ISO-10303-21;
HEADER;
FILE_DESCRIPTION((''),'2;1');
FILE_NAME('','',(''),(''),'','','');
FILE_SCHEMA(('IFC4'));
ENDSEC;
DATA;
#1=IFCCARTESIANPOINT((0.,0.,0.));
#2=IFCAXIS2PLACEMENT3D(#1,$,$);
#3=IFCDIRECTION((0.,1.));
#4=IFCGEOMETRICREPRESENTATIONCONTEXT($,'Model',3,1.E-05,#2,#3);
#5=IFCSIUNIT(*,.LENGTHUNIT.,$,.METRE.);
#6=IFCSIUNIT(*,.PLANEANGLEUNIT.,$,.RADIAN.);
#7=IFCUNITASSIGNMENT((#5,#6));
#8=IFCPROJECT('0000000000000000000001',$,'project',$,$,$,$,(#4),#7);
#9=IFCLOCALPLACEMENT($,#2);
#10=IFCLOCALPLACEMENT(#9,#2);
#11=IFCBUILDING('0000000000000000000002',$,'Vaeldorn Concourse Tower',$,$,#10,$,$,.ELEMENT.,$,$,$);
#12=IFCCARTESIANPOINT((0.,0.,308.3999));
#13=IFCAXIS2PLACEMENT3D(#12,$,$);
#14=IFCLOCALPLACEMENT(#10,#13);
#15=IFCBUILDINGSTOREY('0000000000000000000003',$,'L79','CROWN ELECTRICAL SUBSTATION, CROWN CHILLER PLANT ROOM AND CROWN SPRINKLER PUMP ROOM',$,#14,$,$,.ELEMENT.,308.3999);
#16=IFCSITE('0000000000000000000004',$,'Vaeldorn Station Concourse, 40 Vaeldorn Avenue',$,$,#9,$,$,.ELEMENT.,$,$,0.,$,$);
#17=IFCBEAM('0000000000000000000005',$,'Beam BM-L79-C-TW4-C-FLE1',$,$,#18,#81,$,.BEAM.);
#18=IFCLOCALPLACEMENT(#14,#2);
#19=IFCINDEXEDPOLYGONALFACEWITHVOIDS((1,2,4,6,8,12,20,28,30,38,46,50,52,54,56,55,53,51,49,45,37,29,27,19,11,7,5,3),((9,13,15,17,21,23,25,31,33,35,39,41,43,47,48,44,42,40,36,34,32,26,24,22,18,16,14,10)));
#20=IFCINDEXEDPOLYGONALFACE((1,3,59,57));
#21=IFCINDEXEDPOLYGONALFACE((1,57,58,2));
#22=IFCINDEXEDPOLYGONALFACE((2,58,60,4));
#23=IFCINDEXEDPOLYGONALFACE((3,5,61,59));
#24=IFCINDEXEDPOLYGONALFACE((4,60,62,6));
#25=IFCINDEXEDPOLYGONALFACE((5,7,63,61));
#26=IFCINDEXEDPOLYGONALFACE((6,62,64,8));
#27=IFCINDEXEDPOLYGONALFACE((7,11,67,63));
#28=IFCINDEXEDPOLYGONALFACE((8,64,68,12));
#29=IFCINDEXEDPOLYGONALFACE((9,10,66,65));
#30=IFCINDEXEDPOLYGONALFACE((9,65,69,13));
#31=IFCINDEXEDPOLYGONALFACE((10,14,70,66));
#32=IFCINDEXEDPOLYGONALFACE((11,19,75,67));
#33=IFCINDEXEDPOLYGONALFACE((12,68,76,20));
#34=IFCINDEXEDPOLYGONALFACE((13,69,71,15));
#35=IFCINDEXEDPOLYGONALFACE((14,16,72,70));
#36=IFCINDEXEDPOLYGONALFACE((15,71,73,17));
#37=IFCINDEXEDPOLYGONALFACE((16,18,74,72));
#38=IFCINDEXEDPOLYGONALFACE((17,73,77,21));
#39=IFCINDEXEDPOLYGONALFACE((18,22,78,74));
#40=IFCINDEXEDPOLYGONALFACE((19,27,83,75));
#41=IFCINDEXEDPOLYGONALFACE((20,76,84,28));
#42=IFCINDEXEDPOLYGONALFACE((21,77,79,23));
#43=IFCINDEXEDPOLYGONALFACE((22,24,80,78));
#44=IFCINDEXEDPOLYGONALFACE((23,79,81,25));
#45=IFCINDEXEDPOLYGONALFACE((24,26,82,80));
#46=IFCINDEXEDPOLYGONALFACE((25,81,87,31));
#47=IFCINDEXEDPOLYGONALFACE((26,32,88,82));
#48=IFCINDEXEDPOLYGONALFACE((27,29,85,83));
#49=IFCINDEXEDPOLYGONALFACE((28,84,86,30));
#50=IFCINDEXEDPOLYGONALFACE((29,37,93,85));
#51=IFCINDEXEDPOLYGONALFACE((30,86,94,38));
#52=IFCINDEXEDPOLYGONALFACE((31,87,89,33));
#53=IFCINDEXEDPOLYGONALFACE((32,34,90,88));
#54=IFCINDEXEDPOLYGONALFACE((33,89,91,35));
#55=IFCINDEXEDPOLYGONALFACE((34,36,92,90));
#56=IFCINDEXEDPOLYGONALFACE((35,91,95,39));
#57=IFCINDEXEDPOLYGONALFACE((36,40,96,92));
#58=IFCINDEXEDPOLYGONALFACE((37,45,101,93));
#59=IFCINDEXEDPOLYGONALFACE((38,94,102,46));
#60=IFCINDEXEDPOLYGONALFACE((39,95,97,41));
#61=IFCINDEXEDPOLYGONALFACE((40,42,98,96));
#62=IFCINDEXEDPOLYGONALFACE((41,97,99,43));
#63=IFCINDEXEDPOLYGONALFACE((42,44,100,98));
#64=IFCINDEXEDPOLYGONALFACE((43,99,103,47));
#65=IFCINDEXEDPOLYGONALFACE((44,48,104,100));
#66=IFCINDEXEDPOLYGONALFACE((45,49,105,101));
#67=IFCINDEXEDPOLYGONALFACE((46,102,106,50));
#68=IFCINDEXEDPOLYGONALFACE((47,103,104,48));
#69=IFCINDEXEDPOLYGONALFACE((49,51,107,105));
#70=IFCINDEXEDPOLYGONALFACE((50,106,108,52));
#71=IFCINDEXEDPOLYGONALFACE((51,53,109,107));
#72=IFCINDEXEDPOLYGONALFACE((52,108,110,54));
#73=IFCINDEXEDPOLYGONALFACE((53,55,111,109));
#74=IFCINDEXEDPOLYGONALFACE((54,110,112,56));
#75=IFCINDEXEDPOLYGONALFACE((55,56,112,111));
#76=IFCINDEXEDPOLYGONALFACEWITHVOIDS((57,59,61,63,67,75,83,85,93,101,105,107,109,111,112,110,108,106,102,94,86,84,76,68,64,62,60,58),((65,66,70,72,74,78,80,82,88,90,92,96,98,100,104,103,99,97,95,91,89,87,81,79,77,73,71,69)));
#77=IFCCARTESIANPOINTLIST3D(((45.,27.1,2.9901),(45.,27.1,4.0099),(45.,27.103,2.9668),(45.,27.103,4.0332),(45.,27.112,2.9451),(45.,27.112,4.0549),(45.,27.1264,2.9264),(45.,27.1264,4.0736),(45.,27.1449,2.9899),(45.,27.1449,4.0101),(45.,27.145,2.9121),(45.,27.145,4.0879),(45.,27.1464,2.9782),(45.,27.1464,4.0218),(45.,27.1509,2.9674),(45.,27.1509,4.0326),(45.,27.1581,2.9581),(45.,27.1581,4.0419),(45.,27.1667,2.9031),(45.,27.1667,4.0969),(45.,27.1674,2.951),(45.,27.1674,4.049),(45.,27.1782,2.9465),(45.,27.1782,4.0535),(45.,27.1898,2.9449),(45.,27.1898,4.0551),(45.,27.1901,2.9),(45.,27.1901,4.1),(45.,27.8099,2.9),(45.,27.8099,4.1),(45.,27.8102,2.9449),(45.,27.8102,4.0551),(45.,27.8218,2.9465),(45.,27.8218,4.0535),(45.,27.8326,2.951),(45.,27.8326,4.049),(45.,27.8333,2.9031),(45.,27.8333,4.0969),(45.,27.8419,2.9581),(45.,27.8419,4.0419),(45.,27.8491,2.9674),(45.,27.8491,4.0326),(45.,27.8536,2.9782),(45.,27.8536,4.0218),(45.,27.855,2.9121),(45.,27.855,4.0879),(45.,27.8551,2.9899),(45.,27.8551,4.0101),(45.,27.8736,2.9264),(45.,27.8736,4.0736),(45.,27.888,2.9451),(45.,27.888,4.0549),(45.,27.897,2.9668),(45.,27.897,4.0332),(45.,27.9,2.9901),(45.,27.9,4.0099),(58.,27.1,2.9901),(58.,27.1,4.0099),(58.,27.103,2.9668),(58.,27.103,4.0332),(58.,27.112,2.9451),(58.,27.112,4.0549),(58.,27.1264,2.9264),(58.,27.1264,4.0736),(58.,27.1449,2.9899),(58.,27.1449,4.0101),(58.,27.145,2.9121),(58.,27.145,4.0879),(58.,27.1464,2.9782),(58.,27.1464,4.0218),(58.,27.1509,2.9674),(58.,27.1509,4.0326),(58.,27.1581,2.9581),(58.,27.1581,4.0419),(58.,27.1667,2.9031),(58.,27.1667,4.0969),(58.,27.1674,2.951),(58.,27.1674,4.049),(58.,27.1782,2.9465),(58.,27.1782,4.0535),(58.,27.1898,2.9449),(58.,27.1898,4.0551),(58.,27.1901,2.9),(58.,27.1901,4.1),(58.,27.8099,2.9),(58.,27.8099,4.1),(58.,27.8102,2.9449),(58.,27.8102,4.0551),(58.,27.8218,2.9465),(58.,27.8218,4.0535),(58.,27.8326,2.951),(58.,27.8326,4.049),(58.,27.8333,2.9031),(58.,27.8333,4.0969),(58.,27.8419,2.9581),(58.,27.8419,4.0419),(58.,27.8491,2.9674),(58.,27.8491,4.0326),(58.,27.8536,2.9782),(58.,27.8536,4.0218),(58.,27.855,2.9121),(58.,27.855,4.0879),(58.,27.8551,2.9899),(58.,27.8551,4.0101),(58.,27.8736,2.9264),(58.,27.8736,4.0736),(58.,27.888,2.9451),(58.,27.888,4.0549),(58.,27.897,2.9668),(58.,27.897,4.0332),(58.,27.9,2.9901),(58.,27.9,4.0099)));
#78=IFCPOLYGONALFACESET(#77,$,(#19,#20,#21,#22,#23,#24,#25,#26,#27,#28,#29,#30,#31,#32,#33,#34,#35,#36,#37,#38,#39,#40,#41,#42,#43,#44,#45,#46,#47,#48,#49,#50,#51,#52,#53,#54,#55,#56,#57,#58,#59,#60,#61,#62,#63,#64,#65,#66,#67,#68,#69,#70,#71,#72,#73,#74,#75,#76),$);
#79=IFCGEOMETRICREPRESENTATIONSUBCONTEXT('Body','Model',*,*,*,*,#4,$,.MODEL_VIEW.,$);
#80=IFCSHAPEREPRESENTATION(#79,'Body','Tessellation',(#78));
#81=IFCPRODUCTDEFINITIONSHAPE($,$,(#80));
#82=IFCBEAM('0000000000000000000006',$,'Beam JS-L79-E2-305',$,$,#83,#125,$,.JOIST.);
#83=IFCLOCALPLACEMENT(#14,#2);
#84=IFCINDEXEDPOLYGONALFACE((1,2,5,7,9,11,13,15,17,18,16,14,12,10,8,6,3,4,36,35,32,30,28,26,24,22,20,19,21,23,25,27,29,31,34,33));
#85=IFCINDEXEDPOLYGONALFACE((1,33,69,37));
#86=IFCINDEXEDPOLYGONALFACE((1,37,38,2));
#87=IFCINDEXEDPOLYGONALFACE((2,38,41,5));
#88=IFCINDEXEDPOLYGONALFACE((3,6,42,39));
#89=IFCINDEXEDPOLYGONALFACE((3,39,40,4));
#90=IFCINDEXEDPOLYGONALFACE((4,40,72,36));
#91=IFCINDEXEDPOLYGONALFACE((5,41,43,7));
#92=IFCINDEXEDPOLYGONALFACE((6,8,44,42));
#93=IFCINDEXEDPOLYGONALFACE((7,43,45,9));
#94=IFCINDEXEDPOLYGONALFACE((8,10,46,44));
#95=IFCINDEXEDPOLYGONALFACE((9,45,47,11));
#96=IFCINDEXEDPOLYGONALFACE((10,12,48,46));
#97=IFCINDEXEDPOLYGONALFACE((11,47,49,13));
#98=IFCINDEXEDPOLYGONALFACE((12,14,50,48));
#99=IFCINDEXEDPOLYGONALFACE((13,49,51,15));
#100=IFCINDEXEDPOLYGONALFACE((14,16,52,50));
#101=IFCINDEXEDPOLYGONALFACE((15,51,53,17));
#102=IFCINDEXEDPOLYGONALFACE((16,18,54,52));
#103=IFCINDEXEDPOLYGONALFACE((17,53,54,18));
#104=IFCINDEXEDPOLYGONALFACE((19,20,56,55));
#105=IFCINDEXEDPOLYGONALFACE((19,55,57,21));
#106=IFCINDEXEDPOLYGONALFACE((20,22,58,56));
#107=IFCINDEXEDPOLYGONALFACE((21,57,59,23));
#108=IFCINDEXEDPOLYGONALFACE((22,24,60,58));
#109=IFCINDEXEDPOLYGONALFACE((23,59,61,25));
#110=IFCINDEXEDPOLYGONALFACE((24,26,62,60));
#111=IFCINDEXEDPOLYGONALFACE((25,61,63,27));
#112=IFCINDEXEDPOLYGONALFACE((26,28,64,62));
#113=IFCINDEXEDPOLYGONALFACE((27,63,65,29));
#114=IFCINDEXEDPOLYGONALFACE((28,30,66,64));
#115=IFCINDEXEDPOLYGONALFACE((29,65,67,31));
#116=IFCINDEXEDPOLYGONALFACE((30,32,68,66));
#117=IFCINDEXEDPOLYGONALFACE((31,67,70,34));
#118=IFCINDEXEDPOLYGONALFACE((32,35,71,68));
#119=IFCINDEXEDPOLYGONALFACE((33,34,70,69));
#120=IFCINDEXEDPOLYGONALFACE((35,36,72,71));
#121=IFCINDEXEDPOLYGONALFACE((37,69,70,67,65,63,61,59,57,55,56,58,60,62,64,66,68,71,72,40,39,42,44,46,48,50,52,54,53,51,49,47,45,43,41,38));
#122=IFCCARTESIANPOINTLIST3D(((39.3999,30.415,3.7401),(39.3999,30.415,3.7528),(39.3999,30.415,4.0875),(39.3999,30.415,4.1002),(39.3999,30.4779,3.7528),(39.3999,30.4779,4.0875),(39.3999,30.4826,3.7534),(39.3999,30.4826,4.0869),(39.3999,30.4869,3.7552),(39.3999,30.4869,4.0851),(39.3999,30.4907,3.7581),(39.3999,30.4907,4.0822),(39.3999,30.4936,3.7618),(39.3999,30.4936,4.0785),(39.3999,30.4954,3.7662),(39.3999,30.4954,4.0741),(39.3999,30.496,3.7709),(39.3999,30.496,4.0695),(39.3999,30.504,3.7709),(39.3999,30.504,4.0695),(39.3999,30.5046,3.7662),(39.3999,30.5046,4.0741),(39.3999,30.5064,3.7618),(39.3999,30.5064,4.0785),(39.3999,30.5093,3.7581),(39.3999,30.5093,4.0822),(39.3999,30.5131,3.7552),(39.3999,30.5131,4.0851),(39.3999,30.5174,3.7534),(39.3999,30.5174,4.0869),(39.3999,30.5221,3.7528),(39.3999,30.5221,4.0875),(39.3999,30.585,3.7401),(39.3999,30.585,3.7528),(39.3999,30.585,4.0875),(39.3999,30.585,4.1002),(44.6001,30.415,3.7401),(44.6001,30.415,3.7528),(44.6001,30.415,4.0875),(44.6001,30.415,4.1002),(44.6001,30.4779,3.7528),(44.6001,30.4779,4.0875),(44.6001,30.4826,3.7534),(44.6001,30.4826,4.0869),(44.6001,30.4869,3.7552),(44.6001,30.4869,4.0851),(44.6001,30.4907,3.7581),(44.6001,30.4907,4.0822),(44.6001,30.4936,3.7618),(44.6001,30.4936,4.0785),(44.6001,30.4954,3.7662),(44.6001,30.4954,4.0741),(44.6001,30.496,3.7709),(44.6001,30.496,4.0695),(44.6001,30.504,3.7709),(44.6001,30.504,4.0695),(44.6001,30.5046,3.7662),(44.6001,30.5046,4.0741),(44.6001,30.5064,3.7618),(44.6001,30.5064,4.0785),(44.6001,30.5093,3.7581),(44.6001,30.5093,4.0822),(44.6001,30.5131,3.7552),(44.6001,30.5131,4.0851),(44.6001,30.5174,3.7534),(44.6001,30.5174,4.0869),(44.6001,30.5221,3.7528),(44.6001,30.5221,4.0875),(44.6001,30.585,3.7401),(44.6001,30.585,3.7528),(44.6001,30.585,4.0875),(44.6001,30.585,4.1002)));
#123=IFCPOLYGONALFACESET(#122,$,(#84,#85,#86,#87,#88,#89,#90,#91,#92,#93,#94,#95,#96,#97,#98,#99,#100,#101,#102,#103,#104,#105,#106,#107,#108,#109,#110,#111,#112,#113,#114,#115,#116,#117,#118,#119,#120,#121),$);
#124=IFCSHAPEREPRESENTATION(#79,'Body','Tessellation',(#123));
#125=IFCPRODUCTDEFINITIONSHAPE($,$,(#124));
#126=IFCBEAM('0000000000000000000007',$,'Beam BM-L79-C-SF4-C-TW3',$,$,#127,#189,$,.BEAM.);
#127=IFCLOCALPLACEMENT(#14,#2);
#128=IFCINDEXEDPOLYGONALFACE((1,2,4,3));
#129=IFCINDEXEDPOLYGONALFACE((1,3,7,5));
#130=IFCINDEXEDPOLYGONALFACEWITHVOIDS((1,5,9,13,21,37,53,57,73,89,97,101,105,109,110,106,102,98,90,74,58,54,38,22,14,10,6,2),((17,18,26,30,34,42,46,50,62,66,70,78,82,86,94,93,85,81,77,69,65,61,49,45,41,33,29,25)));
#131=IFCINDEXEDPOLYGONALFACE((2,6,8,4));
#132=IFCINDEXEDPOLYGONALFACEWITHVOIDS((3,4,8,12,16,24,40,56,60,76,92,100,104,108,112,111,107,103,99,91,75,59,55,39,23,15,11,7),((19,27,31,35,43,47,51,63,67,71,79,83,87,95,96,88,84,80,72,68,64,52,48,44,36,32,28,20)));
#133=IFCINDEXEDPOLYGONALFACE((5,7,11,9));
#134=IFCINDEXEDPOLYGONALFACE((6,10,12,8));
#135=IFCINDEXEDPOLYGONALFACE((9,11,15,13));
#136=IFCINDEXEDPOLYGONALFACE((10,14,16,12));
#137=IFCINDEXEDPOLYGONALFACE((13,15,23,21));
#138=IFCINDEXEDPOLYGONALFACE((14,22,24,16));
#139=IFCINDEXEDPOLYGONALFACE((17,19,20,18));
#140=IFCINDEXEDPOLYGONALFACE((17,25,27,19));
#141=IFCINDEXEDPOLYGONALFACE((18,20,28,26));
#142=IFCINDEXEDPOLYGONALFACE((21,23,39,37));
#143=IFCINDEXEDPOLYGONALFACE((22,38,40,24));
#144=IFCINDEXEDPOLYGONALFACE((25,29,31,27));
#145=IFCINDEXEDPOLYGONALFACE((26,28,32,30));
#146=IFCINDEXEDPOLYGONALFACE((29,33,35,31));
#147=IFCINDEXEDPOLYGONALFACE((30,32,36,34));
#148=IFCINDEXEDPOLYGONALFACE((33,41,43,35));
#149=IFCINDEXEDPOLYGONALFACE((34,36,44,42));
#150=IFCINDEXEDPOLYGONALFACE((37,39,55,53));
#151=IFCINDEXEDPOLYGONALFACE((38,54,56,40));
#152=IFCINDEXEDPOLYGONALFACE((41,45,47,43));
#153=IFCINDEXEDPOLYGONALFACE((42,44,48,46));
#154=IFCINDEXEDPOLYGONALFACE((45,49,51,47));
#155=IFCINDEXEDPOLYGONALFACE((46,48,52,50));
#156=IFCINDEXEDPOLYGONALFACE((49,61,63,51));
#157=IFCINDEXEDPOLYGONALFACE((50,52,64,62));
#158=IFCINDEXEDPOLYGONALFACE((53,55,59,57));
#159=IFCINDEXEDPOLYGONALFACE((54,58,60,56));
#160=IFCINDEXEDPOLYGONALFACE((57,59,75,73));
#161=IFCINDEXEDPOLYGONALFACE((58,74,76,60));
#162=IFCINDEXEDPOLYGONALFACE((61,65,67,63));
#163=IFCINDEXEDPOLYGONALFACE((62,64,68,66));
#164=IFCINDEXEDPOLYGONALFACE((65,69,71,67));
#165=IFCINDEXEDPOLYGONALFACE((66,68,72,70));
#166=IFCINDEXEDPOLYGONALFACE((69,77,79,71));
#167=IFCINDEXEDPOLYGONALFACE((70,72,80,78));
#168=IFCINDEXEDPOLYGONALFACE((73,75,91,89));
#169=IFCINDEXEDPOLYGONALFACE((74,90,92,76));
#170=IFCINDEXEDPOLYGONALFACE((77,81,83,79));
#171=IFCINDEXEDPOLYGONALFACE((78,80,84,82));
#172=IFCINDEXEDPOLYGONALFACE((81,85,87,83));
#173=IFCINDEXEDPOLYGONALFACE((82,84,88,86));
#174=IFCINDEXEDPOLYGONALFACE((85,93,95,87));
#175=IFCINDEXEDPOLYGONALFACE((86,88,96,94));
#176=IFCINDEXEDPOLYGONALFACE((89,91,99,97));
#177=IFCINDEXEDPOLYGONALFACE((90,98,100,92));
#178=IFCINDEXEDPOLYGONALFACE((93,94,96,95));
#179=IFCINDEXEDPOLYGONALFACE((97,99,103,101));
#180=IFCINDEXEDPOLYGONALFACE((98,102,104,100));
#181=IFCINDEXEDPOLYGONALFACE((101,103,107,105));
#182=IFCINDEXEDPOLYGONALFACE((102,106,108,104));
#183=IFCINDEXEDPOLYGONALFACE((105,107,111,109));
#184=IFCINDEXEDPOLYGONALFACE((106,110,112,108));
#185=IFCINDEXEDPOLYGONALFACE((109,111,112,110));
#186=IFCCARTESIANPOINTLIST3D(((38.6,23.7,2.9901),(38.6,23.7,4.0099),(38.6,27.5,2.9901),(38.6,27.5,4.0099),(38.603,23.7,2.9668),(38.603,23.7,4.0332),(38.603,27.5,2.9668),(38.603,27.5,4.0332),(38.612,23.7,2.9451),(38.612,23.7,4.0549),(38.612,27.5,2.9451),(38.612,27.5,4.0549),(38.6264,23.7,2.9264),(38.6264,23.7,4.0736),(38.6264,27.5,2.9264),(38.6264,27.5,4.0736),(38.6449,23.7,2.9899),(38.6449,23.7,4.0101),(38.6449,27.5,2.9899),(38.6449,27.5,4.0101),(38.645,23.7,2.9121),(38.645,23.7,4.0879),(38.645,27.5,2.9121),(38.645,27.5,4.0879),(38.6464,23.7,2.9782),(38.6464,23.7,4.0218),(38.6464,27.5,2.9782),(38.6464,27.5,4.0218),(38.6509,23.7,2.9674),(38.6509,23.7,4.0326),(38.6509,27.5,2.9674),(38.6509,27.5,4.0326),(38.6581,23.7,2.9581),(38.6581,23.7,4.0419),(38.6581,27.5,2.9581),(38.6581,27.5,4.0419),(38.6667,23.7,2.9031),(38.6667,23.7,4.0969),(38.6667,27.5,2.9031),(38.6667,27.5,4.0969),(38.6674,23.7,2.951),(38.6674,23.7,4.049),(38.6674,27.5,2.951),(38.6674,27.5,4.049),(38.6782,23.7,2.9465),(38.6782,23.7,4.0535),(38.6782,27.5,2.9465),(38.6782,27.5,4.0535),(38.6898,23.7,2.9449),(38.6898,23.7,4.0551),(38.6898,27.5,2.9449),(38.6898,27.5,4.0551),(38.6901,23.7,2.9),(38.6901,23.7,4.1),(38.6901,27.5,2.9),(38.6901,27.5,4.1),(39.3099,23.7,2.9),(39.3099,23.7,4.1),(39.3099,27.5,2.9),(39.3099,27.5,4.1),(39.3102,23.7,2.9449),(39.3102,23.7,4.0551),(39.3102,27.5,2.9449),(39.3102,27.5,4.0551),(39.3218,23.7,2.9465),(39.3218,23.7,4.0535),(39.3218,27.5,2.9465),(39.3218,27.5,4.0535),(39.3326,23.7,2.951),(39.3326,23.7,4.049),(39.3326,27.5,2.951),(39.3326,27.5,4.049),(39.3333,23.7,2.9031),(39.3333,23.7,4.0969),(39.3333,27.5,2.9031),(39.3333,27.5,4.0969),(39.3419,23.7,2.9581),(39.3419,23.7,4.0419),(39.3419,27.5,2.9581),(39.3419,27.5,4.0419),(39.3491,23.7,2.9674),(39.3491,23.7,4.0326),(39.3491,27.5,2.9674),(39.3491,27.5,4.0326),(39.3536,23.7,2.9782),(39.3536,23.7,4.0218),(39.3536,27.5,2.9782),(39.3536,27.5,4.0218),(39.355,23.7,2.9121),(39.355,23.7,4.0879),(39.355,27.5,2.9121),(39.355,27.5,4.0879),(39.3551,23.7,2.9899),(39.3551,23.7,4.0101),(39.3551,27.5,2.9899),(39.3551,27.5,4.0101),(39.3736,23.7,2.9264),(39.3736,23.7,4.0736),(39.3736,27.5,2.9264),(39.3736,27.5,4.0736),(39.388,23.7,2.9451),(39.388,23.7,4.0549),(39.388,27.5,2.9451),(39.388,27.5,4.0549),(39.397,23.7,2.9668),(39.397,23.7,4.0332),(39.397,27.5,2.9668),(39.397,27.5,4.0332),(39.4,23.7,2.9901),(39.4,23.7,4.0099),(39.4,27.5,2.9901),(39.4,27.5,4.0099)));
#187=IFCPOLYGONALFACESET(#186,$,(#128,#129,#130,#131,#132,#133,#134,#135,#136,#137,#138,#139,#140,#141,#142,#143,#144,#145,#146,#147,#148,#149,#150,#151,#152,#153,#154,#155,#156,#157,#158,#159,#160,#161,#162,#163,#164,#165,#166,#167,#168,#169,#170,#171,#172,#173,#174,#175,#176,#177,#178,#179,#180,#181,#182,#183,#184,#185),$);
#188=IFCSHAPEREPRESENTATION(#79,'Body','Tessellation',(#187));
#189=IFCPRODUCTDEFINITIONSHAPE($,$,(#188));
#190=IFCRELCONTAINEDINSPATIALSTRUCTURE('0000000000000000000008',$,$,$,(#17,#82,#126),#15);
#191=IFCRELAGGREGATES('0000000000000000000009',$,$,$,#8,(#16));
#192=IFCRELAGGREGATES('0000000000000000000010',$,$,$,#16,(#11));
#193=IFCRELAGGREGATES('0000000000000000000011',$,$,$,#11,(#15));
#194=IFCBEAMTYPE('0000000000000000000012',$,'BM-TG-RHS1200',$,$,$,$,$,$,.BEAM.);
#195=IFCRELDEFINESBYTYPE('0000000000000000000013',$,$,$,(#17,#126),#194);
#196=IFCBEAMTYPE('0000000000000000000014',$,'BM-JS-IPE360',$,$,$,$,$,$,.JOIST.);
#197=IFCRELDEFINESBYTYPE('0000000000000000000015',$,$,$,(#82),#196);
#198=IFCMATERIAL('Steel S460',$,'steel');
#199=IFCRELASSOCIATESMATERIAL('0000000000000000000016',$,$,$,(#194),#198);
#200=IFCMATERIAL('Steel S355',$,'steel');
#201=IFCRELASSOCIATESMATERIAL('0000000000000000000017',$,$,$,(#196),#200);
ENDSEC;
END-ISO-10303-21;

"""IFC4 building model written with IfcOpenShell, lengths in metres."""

from ifc_helpers import new_model, si_unit, direction, frame, origin, origin_2d, place, context, subcontext, project, spatial, hollow_rectangle, i_section, extrude, source, transform, mapped, material, material_profile, profile_set, type_object, element, save


model = new_model("IFC4")

# Units and contexts
model_context = context("Model", 3, precision=1e-05, world=origin(), true_north=direction((0.0, 1.0)))
body_context = subcontext(model_context, "Body", "Model", "MODEL_VIEW")
ifc_project = project(units=[si_unit("LENGTHUNIT", "METRE"), si_unit("PLANEANGLEUNIT", "RADIAN")], contexts=[model_context])

# Site, building, storey
site_placement = place(None, origin())
site = spatial("IfcSite", under=ifc_project, at=site_placement, Name="Vaeldorn Station Concourse, 40 Vaeldorn Avenue", CompositionType="ELEMENT", RefElevation=0.0)
building_placement = place(site_placement, origin())
building = spatial("IfcBuilding", under=site, at=building_placement, Name="Vaeldorn Concourse Tower", CompositionType="ELEMENT")
storey_placement = place(building_placement, frame((0.0, 0.0, 308.3999)))
storey = spatial("IfcBuildingStorey", under=building, at=storey_placement, Name="L79", Description="CROWN ELECTRICAL SUBSTATION, CROWN CHILLER PLANT ROOM AND CROWN SPRINKLER PUMP ROOM", CompositionType="ELEMENT", Elevation=308.3999)

# Shared definitions
ifc_material_1 = material(Name="Steel S355", Category="steel")

# Beams
ifc_material_2 = material(Name="Steel S460", Category="steel")
ifc_material_profile_1 = material_profile(ifc_material_2, hollow_rectangle(XDim=0.8, YDim=1.2, WallThickness=0.0449, InnerFilletRadius=0.0449, OuterFilletRadius=0.0901, at=origin_2d()), Name="RHS 1200x800x45")
ifc_profile_set_1 = profile_set([ifc_material_profile_1], Name="Steel S460")
beam_type_1 = type_object("IfcBeamType", Name="BM-TG-RHS1200", PredefinedType="BEAM", material=ifc_profile_set_1)
shared_shape_1 = source(origin(), body_context, "Body", "SweptSolid", [
    extrude(hollow_rectangle(XDim=0.8, YDim=1.2, WallThickness=0.0449, InnerFilletRadius=0.0449, OuterFilletRadius=0.0901, at=origin_2d()), origin(), (0.0, 0.0, 1.0), 13.0),
])
beam_1_placement = place(storey_placement, frame((45.0, 27.5, 3.5), z_axis=(1.0, 0.0, 0.0), x_axis=(0.0, 1.0, 0.0)))
element("IfcBeam", 1, at=beam_1_placement, inside=storey, type_object=beam_type_1, Name="Beam BM-L79-C-TW4-C-FLE1", PredefinedType="BEAM", context=body_context, shape_type="MappedRepresentation", body=[
    mapped(shared_shape_1, transform((0.0, 0.0, 0.0), scale=1.0)),
])
ifc_material_profile_2 = material_profile(ifc_material_1, i_section(OverallWidth=0.1699, OverallDepth=0.3601, WebThickness=0.0081, FlangeThickness=0.0127, FilletRadius=0.0181, at=origin_2d()), Name="IPE 360")
ifc_profile_set_2 = profile_set([ifc_material_profile_2], Name="Steel S355")
beam_type_2 = type_object("IfcBeamType", Name="BM-JS-IPE360", PredefinedType="JOIST", material=ifc_profile_set_2)
shared_shape_2 = source(origin(), body_context, "Body", "SweptSolid", [
    extrude(i_section(OverallWidth=0.1699, OverallDepth=0.3601, WebThickness=0.0081, FlangeThickness=0.0127, FilletRadius=0.0181, at=origin_2d()), origin(), (0.0, 0.0, 1.0), 5.2002),
])
beam_2_placement = place(storey_placement, frame((39.3999, 30.5, 3.9202), z_axis=(1.0, 0.0, 0.0), x_axis=(0.0, 1.0, 0.0)))
element("IfcBeam", 2, at=beam_2_placement, inside=storey, type_object=beam_type_2, Name="Beam JS-L79-E2-305", PredefinedType="JOIST", context=body_context, shape_type="MappedRepresentation", body=[
    mapped(shared_shape_2, transform((0.0, 0.0, 0.0), scale=1.0)),
])
shared_shape_3 = source(origin(), body_context, "Body", "SweptSolid", [
    extrude(hollow_rectangle(XDim=0.8, YDim=1.2, WallThickness=0.0449, InnerFilletRadius=0.0449, OuterFilletRadius=0.0901, at=origin_2d()), origin(), (0.0, 0.0, 1.0), 3.8),
])
for number, where, z_axis, x_axis, name in (
    (3, (39.0, 23.7, 3.5), (0.0, 1.0, 0.0), (-1.0, 0.0, 0.0), "Beam BM-L79-C-SF4-C-TW3"),
):
    element("IfcBeam", number, at=place(storey_placement, frame(where, z_axis=z_axis, x_axis=x_axis)), inside=storey, type_object=beam_type_1, Name=name, PredefinedType="BEAM", context=body_context, shape_type="MappedRepresentation", body=[
        mapped(shared_shape_3, transform((0.0, 0.0, 0.0), scale=1.0)),
    ])

save(model, "model.ifc")
